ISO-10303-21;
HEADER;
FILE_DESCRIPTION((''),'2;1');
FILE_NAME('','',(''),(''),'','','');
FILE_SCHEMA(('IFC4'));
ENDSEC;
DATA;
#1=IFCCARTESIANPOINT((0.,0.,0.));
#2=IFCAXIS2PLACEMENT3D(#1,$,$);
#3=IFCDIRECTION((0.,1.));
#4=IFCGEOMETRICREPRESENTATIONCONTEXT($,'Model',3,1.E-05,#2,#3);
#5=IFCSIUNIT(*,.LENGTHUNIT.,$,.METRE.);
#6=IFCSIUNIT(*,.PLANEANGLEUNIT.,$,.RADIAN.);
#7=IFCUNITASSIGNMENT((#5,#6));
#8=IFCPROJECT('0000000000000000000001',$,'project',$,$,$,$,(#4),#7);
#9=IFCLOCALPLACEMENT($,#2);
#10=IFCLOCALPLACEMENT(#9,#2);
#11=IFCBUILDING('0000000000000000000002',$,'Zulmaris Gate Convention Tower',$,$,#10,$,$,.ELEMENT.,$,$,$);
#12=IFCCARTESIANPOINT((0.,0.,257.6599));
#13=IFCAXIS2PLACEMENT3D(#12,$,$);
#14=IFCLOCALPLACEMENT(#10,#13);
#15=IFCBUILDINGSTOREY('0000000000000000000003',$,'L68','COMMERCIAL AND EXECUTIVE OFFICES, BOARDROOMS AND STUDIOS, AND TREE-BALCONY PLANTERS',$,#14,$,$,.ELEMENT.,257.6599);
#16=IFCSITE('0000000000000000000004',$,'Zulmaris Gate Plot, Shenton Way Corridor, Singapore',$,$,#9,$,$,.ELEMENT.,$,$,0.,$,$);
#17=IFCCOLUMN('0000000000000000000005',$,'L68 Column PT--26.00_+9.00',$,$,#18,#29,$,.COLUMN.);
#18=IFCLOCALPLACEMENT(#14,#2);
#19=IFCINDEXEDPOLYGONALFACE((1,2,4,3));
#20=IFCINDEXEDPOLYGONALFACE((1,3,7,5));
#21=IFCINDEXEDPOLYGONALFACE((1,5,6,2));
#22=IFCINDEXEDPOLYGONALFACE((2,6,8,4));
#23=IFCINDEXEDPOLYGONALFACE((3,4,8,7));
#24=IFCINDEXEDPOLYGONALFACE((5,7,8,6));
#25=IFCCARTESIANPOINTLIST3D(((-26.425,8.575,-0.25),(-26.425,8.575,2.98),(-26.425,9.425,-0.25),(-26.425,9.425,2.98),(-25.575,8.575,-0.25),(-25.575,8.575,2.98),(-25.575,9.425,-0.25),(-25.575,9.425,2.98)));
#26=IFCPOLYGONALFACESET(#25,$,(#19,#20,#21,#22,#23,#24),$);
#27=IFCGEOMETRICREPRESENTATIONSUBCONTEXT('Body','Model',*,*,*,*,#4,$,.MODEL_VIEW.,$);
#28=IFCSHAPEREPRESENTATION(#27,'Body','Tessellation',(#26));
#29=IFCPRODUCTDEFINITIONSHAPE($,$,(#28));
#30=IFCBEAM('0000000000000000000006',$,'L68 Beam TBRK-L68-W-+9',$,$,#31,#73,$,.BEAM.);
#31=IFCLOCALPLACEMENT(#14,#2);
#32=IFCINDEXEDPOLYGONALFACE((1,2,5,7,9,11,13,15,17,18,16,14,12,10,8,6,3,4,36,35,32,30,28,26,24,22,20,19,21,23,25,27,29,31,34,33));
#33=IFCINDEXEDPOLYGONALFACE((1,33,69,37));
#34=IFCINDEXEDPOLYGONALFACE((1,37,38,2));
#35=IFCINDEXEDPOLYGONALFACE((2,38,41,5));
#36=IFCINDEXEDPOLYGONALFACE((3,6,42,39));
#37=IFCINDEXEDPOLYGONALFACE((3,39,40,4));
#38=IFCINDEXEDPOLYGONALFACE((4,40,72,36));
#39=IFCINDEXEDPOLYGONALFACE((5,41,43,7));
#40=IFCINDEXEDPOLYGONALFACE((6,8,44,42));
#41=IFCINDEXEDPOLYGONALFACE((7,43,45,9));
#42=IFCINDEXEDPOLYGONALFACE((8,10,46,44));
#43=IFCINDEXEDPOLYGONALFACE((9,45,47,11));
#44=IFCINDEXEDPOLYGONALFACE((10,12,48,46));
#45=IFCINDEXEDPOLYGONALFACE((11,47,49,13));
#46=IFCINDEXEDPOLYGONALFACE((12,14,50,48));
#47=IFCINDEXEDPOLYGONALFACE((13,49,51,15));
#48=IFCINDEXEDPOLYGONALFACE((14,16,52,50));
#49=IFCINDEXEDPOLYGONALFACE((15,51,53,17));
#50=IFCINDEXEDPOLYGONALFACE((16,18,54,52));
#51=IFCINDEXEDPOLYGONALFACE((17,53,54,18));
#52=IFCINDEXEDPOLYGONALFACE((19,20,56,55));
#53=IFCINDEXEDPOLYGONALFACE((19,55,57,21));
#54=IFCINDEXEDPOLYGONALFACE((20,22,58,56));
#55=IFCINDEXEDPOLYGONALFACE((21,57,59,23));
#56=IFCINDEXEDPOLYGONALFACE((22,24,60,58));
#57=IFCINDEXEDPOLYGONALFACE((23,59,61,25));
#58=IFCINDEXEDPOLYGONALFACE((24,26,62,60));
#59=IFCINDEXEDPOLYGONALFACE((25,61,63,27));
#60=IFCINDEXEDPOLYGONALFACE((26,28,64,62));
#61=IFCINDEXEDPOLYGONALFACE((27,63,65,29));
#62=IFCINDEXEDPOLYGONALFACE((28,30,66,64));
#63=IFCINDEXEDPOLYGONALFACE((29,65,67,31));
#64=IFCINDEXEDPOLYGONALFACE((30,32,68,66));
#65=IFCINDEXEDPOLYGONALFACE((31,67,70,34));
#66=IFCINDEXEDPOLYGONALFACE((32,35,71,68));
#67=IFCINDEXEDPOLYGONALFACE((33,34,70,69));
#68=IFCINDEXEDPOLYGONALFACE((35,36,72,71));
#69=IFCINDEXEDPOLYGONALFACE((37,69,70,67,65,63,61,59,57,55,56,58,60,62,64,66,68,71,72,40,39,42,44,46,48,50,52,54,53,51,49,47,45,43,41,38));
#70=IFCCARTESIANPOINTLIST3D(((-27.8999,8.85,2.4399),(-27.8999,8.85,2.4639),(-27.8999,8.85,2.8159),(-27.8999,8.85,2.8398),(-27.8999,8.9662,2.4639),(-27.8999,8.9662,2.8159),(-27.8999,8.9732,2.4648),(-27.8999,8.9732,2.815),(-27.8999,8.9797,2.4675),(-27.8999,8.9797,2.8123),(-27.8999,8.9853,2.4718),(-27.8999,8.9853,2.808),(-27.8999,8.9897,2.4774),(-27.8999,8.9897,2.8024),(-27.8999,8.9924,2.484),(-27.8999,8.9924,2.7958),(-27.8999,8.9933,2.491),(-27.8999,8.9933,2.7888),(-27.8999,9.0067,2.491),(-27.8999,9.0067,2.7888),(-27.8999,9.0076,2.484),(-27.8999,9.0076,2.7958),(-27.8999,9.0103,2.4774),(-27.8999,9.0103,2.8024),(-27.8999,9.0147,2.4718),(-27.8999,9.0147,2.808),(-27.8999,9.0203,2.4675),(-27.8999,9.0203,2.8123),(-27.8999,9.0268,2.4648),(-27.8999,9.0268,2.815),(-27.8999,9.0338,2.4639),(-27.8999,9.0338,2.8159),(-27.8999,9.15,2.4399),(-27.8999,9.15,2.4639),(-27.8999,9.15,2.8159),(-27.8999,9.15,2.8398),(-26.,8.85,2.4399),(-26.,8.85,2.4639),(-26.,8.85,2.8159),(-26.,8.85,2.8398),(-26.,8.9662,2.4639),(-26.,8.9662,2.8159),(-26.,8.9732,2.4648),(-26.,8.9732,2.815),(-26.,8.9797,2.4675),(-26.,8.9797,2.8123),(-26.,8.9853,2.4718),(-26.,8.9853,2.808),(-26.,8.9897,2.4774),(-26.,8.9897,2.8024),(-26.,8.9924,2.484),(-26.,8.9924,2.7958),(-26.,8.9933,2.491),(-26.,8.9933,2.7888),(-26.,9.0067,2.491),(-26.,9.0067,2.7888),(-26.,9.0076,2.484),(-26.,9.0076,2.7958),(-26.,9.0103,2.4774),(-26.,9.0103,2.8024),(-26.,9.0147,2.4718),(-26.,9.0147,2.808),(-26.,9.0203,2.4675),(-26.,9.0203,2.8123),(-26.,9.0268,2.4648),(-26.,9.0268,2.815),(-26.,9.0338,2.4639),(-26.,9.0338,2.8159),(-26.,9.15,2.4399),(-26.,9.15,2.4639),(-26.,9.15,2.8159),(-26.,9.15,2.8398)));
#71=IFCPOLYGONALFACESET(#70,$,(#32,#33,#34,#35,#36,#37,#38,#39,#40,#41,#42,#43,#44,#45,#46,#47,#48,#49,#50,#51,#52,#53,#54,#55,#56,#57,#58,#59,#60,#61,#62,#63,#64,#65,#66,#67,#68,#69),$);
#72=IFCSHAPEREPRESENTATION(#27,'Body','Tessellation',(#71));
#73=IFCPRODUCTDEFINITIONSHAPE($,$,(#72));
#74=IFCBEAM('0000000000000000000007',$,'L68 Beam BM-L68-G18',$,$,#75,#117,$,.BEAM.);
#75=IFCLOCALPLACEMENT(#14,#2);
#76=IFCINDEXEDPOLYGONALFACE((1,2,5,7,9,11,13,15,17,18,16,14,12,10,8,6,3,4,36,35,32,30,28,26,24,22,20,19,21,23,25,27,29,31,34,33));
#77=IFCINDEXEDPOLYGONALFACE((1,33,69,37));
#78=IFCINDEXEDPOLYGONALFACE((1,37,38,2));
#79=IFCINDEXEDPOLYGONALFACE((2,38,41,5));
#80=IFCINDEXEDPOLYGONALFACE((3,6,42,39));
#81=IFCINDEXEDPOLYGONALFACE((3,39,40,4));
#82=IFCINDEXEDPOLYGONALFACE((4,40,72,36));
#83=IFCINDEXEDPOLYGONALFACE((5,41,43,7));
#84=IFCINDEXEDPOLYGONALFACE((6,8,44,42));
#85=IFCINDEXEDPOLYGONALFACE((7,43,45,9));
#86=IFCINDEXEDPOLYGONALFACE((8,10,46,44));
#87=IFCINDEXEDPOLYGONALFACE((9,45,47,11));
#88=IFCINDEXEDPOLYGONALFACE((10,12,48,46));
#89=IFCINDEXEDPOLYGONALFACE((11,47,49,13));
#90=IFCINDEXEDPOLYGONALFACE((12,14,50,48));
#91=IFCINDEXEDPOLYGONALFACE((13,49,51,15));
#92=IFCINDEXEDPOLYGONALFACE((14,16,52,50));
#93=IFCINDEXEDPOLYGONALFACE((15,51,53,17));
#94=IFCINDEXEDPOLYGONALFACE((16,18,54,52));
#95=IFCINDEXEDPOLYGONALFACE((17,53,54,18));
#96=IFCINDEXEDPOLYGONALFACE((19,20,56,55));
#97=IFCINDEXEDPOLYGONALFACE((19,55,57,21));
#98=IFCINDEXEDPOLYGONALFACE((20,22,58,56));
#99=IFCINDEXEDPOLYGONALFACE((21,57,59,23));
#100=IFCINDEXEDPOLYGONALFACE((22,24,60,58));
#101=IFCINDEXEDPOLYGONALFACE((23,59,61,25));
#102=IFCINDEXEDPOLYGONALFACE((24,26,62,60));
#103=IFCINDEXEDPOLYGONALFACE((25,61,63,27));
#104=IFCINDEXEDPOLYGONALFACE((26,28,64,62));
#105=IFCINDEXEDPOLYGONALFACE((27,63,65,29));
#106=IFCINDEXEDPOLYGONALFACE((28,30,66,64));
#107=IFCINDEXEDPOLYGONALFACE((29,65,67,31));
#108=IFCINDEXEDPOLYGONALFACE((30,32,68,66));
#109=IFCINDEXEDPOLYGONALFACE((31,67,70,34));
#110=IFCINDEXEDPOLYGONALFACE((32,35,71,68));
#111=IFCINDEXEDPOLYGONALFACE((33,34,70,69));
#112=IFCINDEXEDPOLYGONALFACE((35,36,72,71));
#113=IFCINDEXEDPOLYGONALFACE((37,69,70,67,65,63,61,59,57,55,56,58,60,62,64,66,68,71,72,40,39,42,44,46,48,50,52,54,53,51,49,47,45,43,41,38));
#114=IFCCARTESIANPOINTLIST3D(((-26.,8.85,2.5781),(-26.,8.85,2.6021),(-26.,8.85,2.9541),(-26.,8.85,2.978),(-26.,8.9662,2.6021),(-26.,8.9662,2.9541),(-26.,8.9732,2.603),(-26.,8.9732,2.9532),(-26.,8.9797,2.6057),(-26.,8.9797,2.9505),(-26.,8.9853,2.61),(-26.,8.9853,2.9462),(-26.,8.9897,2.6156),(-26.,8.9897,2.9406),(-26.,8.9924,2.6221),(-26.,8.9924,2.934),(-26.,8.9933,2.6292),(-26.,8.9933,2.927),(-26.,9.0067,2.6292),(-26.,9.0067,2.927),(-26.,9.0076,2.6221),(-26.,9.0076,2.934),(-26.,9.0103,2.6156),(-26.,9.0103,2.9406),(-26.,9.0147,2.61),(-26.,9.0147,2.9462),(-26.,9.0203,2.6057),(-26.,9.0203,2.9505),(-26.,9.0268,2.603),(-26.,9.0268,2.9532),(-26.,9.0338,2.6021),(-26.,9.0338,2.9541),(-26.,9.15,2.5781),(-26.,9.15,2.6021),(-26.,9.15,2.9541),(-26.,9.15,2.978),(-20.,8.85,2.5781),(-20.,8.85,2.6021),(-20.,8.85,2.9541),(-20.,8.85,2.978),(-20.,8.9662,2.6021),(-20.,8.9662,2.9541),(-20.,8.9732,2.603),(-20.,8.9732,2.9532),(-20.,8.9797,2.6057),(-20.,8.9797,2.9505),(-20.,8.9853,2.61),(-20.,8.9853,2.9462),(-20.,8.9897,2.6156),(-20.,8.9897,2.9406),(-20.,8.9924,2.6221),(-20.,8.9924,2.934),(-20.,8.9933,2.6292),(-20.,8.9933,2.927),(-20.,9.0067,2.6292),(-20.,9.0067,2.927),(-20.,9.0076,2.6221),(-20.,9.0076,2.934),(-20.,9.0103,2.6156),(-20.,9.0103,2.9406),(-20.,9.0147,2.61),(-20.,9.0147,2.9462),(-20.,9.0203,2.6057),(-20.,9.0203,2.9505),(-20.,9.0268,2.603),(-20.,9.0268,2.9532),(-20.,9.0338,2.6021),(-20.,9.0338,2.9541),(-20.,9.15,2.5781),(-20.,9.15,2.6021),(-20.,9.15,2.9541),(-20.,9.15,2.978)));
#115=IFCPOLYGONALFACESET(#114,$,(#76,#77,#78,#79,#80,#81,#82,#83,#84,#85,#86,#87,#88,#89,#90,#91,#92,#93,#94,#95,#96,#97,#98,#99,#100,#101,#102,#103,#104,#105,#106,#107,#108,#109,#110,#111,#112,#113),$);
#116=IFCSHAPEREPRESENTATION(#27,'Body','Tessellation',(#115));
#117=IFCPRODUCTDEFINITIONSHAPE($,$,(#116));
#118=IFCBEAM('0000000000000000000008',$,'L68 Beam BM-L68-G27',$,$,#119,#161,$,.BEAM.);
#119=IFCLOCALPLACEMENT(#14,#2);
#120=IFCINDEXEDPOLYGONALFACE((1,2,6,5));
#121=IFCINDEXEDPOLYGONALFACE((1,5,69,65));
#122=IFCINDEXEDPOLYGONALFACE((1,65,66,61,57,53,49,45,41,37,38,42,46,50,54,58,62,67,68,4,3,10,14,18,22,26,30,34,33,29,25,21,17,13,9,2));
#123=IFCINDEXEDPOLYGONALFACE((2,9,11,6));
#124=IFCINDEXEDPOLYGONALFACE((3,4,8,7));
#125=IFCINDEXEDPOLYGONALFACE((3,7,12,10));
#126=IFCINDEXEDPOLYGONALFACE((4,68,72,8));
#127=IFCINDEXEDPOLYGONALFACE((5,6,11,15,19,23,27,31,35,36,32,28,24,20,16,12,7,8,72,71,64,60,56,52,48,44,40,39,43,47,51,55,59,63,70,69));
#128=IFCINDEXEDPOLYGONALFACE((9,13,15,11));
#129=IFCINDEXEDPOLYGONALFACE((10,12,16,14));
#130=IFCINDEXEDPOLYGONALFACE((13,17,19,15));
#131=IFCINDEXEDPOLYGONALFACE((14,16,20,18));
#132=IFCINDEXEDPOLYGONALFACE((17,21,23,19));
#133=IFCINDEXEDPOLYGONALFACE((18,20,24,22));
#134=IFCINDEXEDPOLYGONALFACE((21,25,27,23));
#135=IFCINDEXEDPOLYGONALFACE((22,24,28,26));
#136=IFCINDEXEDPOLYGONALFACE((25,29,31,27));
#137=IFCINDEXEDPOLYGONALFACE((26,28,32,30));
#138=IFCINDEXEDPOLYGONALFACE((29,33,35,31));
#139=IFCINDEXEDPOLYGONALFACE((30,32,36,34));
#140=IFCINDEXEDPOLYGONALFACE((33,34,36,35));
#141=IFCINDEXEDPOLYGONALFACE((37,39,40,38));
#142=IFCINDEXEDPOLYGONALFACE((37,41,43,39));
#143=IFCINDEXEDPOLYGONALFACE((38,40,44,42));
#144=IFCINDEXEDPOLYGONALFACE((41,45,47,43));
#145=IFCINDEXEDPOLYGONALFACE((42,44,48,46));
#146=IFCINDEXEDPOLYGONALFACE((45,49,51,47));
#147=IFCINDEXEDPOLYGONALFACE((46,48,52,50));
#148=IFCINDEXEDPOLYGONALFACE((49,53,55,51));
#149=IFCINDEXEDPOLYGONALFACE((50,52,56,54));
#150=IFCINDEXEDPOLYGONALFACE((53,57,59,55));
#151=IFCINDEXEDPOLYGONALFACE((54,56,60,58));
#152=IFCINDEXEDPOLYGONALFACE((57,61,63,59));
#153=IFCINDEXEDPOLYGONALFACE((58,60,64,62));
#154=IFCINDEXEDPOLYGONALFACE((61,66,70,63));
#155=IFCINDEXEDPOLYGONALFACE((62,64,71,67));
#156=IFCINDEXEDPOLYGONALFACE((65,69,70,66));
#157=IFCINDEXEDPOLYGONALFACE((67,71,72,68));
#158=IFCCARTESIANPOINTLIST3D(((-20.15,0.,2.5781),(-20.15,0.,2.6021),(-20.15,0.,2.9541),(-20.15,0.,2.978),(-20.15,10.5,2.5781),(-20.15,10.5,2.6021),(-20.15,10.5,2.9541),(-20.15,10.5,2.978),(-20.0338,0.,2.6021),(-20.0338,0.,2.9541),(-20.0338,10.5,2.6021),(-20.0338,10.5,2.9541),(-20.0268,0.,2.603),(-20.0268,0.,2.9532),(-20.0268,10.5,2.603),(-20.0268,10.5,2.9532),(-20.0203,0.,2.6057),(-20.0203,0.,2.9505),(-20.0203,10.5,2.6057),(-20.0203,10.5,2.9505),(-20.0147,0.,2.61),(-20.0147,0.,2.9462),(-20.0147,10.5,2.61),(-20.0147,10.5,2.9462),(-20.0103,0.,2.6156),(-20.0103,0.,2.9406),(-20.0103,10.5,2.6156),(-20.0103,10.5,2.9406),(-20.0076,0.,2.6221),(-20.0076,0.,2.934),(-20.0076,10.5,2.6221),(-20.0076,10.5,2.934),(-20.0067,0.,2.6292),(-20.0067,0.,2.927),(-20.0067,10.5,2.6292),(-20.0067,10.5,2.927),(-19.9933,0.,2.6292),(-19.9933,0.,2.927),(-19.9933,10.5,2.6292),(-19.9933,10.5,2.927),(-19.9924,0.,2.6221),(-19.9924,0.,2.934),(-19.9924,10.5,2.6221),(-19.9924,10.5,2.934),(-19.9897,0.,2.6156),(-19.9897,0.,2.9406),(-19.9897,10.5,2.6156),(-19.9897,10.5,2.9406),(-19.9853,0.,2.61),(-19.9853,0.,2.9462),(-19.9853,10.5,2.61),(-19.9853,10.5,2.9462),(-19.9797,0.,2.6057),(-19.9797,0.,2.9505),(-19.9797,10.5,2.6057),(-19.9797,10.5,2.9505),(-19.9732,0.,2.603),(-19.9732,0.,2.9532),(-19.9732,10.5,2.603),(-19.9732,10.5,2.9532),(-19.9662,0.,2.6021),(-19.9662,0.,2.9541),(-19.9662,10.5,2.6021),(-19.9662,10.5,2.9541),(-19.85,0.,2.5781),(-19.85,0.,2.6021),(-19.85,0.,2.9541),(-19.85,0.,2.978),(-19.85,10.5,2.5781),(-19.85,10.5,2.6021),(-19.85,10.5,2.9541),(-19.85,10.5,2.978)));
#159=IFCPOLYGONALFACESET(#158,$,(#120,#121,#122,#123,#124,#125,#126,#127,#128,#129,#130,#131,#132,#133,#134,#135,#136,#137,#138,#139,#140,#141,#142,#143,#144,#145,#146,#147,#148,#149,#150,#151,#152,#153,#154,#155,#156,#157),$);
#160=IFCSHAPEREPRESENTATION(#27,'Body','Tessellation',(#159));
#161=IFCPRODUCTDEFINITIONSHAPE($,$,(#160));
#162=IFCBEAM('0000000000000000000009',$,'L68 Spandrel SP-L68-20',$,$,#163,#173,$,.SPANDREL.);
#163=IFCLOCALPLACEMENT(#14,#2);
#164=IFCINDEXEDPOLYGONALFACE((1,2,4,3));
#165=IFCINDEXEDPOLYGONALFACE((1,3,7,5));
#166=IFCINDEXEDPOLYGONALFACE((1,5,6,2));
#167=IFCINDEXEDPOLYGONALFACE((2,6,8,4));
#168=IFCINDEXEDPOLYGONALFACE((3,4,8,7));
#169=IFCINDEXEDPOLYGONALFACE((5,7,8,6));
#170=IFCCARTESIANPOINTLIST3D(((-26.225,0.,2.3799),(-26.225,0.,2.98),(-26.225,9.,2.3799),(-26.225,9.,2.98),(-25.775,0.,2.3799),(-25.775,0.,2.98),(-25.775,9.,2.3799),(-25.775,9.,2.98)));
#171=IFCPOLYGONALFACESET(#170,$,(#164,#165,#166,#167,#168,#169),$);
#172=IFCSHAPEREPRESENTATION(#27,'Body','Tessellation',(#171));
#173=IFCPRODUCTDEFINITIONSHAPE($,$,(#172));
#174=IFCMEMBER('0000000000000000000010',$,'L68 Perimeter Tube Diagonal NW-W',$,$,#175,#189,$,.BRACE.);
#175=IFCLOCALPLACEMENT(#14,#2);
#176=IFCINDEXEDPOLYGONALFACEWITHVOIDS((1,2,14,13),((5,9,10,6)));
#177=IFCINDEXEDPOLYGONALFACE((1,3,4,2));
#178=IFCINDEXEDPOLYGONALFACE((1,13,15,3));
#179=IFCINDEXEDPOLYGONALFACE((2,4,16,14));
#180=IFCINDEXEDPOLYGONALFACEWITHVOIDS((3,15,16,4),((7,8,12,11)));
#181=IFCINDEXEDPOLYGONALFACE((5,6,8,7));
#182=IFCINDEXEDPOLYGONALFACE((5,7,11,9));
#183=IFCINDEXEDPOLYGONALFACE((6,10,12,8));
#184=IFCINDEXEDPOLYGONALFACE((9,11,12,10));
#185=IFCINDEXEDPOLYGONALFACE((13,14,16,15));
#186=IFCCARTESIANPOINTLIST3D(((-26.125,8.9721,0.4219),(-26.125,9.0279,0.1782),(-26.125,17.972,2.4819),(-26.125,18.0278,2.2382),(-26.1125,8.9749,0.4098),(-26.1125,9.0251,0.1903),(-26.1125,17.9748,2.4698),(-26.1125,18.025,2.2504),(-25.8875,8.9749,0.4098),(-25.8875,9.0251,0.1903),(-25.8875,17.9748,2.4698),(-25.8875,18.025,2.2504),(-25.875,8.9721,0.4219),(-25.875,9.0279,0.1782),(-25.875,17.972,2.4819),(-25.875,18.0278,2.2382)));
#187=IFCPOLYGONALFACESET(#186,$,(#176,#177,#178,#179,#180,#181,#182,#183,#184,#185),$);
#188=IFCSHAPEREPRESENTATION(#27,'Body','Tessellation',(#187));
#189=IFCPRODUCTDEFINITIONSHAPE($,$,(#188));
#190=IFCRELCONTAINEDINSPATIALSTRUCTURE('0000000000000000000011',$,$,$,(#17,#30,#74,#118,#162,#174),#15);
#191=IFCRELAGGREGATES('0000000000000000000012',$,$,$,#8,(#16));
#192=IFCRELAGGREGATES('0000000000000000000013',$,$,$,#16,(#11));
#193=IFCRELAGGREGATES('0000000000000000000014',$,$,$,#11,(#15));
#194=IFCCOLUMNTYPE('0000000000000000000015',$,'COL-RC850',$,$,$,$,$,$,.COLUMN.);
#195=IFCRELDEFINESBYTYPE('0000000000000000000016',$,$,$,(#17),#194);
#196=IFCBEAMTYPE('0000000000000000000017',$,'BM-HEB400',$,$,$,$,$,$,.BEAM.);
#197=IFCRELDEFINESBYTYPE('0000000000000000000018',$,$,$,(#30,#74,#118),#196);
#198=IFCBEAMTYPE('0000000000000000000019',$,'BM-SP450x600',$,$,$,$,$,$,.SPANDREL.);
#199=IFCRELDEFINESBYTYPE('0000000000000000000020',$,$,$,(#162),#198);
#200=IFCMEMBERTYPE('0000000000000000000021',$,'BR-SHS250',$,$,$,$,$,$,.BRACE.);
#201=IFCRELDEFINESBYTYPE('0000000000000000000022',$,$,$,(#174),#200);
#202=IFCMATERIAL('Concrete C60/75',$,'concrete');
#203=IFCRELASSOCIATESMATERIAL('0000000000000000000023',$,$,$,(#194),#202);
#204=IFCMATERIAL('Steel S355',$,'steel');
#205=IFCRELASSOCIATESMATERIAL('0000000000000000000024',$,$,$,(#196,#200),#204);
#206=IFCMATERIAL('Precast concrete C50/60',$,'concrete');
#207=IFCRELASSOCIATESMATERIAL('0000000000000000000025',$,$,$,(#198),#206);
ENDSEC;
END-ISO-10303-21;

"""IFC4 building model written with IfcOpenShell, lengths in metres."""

from ifc_helpers import new_model, si_unit, direction, frame, origin, origin_2d, place, context, subcontext, project, spatial, rectangle, hollow_rectangle, i_section, extrude, material, material_profile, profile_set, type_object, element, save


model = new_model("IFC4")

# Units and contexts
model_context = context("Model", 3, precision=1e-05, world=origin(), true_north=direction((0.0, 1.0)))
body_context = subcontext(model_context, "Body", "Model", "MODEL_VIEW")
ifc_project = project(units=[si_unit("LENGTHUNIT", "METRE"), si_unit("PLANEANGLEUNIT", "RADIAN")], contexts=[model_context])

# Site, building, storey
site_placement = place(None, origin())
site = spatial("IfcSite", under=ifc_project, at=site_placement, Name="Zulmaris Gate Plot, Shenton Way Corridor, Singapore", CompositionType="ELEMENT", RefElevation=0.0)
building_placement = place(site_placement, origin())
building = spatial("IfcBuilding", under=site, at=building_placement, Name="Zulmaris Gate Convention Tower", CompositionType="ELEMENT")
storey_placement = place(building_placement, frame((0.0, 0.0, 257.6599)))
storey = spatial("IfcBuildingStorey", under=building, at=storey_placement, Name="L68", Description="COMMERCIAL AND EXECUTIVE OFFICES, BOARDROOMS AND STUDIOS, AND TREE-BALCONY PLANTERS", CompositionType="ELEMENT", Elevation=257.6599)

# Column
ifc_material_1 = material(Name="Concrete C60/75", Category="concrete")
ifc_material_profile_1 = material_profile(ifc_material_1, rectangle(XDim=0.8501, YDim=0.8501, at=origin_2d()), Name="RC COL 850x850")
ifc_profile_set_1 = profile_set([ifc_material_profile_1], Name="Concrete C60/75")
column_type = type_object("IfcColumnType", Name="COL-RC850", PredefinedType="COLUMN", material=ifc_profile_set_1)
column_placement = place(storey_placement, frame((-26.0, 9.0, -0.25), z_axis=(0.0, 0.0, 1.0), x_axis=(1.0, 0.0, 0.0)))
element("IfcColumn", 1, at=column_placement, inside=storey, type_object=column_type, Name="L68 Column PT--26.00_+9.00", PredefinedType="COLUMN", context=body_context, shape_type="SweptSolid", body=[
    extrude(rectangle(XDim=0.8501, YDim=0.8501, at=origin_2d()), origin(), (0.0, 0.0, 1.0), 3.23),
])

# Beams
ifc_material_2 = material(Name="Steel S355", Category="steel")
ifc_material_profile_2 = material_profile(ifc_material_2, i_section(OverallWidth=0.3, OverallDepth=0.3999, WebThickness=0.0134, FlangeThickness=0.0239, FilletRadius=0.0271, at=origin_2d()), Name="HEB 400")
ifc_profile_set_2 = profile_set([ifc_material_profile_2], Name="Steel S355")
beam_type_1 = type_object("IfcBeamType", Name="BM-HEB400", PredefinedType="BEAM", material=ifc_profile_set_2)
beam_1_placement = place(storey_placement, frame((-27.8999, 9.0, 2.6399), z_axis=(1.0, 0.0, 0.0), x_axis=(0.0, 1.0, 0.0)))
element("IfcBeam", 2, at=beam_1_placement, inside=storey, type_object=beam_type_1, Name="L68 Beam TBRK-L68-W-+9", PredefinedType="BEAM", context=body_context, shape_type="SweptSolid", body=[
    extrude(i_section(OverallWidth=0.3, OverallDepth=0.3999, WebThickness=0.0134, FlangeThickness=0.0239, FilletRadius=0.0271, at=origin_2d()), origin(), (0.0, 0.0, 1.0), 1.8999),
])
beam_2_placement = place(storey_placement, frame((-26.0, 9.0, 2.7781), z_axis=(1.0, 0.0, 0.0), x_axis=(0.0, 1.0, 0.0)))
element("IfcBeam", 3, at=beam_2_placement, inside=storey, type_object=beam_type_1, Name="L68 Beam BM-L68-G18", PredefinedType="BEAM", context=body_context, shape_type="SweptSolid", body=[
    extrude(i_section(OverallWidth=0.3, OverallDepth=0.3999, WebThickness=0.0134, FlangeThickness=0.0239, FilletRadius=0.0271, at=origin_2d()), origin(), (0.0, 0.0, 1.0), 6.0),
])
beam_3_placement = place(storey_placement, frame((-20.0, 0.0, 2.7781), z_axis=(0.0, 1.0, 0.0), x_axis=(-1.0, 0.0, 0.0)))
element("IfcBeam", 4, at=beam_3_placement, inside=storey, type_object=beam_type_1, Name="L68 Beam BM-L68-G27", PredefinedType="BEAM", context=body_context, shape_type="SweptSolid", body=[
    extrude(i_section(OverallWidth=0.3, OverallDepth=0.3999, WebThickness=0.0134, FlangeThickness=0.0239, FilletRadius=0.0271, at=origin_2d()), origin(), (0.0, 0.0, 1.0), 10.5),
])
ifc_material_3 = material(Name="Precast concrete C50/60", Category="concrete")
ifc_material_profile_3 = material_profile(ifc_material_3, rectangle(XDim=0.45, YDim=0.6001, at=origin_2d()), Name="RC SPANDREL 450x600")
ifc_profile_set_3 = profile_set([ifc_material_profile_3], Name="Precast concrete C50/60")
beam_type_2 = type_object("IfcBeamType", Name="BM-SP450x600", PredefinedType="SPANDREL", material=ifc_profile_set_3)
beam_4_placement = place(storey_placement, frame((-26.0, 9.0, 2.6799), z_axis=(0.0, -1.0, 0.0), x_axis=(1.0, 0.0, 0.0)))
element("IfcBeam", 5, at=beam_4_placement, inside=storey, type_object=beam_type_2, Name="L68 Spandrel SP-L68-20", PredefinedType="SPANDREL", context=body_context, shape_type="SweptSolid", body=[
    extrude(rectangle(XDim=0.45, YDim=0.6001, at=origin_2d()), origin(), (0.0, 0.0, 1.0), 9.0),
])

# Member
ifc_material_profile_4 = material_profile(ifc_material_2, hollow_rectangle(XDim=0.25, YDim=0.25, WallThickness=0.0125, at=origin_2d()), Name="SHS 250x250x12.5")
ifc_profile_set_4 = profile_set([ifc_material_profile_4], Name="Steel S355")
member_type = type_object("IfcMemberType", Name="BR-SHS250", PredefinedType="BRACE", material=ifc_profile_set_4)
member_placement = place(storey_placement, frame((-26.0, 9.0, 0.3), z_axis=(0.0, 0.97479, 0.223125), x_axis=(-1.0, 0.0, 0.0)))
element("IfcMember", 6, at=member_placement, inside=storey, type_object=member_type, Name="L68 Perimeter Tube Diagonal NW-W", PredefinedType="BRACE", context=body_context, shape_type="SweptSolid", body=[
    extrude(hollow_rectangle(XDim=0.25, YDim=0.25, WallThickness=0.0125, at=origin_2d()), origin(), (0.0, 0.0, 1.0), 9.2327),
])

save(model, "model.ifc")
